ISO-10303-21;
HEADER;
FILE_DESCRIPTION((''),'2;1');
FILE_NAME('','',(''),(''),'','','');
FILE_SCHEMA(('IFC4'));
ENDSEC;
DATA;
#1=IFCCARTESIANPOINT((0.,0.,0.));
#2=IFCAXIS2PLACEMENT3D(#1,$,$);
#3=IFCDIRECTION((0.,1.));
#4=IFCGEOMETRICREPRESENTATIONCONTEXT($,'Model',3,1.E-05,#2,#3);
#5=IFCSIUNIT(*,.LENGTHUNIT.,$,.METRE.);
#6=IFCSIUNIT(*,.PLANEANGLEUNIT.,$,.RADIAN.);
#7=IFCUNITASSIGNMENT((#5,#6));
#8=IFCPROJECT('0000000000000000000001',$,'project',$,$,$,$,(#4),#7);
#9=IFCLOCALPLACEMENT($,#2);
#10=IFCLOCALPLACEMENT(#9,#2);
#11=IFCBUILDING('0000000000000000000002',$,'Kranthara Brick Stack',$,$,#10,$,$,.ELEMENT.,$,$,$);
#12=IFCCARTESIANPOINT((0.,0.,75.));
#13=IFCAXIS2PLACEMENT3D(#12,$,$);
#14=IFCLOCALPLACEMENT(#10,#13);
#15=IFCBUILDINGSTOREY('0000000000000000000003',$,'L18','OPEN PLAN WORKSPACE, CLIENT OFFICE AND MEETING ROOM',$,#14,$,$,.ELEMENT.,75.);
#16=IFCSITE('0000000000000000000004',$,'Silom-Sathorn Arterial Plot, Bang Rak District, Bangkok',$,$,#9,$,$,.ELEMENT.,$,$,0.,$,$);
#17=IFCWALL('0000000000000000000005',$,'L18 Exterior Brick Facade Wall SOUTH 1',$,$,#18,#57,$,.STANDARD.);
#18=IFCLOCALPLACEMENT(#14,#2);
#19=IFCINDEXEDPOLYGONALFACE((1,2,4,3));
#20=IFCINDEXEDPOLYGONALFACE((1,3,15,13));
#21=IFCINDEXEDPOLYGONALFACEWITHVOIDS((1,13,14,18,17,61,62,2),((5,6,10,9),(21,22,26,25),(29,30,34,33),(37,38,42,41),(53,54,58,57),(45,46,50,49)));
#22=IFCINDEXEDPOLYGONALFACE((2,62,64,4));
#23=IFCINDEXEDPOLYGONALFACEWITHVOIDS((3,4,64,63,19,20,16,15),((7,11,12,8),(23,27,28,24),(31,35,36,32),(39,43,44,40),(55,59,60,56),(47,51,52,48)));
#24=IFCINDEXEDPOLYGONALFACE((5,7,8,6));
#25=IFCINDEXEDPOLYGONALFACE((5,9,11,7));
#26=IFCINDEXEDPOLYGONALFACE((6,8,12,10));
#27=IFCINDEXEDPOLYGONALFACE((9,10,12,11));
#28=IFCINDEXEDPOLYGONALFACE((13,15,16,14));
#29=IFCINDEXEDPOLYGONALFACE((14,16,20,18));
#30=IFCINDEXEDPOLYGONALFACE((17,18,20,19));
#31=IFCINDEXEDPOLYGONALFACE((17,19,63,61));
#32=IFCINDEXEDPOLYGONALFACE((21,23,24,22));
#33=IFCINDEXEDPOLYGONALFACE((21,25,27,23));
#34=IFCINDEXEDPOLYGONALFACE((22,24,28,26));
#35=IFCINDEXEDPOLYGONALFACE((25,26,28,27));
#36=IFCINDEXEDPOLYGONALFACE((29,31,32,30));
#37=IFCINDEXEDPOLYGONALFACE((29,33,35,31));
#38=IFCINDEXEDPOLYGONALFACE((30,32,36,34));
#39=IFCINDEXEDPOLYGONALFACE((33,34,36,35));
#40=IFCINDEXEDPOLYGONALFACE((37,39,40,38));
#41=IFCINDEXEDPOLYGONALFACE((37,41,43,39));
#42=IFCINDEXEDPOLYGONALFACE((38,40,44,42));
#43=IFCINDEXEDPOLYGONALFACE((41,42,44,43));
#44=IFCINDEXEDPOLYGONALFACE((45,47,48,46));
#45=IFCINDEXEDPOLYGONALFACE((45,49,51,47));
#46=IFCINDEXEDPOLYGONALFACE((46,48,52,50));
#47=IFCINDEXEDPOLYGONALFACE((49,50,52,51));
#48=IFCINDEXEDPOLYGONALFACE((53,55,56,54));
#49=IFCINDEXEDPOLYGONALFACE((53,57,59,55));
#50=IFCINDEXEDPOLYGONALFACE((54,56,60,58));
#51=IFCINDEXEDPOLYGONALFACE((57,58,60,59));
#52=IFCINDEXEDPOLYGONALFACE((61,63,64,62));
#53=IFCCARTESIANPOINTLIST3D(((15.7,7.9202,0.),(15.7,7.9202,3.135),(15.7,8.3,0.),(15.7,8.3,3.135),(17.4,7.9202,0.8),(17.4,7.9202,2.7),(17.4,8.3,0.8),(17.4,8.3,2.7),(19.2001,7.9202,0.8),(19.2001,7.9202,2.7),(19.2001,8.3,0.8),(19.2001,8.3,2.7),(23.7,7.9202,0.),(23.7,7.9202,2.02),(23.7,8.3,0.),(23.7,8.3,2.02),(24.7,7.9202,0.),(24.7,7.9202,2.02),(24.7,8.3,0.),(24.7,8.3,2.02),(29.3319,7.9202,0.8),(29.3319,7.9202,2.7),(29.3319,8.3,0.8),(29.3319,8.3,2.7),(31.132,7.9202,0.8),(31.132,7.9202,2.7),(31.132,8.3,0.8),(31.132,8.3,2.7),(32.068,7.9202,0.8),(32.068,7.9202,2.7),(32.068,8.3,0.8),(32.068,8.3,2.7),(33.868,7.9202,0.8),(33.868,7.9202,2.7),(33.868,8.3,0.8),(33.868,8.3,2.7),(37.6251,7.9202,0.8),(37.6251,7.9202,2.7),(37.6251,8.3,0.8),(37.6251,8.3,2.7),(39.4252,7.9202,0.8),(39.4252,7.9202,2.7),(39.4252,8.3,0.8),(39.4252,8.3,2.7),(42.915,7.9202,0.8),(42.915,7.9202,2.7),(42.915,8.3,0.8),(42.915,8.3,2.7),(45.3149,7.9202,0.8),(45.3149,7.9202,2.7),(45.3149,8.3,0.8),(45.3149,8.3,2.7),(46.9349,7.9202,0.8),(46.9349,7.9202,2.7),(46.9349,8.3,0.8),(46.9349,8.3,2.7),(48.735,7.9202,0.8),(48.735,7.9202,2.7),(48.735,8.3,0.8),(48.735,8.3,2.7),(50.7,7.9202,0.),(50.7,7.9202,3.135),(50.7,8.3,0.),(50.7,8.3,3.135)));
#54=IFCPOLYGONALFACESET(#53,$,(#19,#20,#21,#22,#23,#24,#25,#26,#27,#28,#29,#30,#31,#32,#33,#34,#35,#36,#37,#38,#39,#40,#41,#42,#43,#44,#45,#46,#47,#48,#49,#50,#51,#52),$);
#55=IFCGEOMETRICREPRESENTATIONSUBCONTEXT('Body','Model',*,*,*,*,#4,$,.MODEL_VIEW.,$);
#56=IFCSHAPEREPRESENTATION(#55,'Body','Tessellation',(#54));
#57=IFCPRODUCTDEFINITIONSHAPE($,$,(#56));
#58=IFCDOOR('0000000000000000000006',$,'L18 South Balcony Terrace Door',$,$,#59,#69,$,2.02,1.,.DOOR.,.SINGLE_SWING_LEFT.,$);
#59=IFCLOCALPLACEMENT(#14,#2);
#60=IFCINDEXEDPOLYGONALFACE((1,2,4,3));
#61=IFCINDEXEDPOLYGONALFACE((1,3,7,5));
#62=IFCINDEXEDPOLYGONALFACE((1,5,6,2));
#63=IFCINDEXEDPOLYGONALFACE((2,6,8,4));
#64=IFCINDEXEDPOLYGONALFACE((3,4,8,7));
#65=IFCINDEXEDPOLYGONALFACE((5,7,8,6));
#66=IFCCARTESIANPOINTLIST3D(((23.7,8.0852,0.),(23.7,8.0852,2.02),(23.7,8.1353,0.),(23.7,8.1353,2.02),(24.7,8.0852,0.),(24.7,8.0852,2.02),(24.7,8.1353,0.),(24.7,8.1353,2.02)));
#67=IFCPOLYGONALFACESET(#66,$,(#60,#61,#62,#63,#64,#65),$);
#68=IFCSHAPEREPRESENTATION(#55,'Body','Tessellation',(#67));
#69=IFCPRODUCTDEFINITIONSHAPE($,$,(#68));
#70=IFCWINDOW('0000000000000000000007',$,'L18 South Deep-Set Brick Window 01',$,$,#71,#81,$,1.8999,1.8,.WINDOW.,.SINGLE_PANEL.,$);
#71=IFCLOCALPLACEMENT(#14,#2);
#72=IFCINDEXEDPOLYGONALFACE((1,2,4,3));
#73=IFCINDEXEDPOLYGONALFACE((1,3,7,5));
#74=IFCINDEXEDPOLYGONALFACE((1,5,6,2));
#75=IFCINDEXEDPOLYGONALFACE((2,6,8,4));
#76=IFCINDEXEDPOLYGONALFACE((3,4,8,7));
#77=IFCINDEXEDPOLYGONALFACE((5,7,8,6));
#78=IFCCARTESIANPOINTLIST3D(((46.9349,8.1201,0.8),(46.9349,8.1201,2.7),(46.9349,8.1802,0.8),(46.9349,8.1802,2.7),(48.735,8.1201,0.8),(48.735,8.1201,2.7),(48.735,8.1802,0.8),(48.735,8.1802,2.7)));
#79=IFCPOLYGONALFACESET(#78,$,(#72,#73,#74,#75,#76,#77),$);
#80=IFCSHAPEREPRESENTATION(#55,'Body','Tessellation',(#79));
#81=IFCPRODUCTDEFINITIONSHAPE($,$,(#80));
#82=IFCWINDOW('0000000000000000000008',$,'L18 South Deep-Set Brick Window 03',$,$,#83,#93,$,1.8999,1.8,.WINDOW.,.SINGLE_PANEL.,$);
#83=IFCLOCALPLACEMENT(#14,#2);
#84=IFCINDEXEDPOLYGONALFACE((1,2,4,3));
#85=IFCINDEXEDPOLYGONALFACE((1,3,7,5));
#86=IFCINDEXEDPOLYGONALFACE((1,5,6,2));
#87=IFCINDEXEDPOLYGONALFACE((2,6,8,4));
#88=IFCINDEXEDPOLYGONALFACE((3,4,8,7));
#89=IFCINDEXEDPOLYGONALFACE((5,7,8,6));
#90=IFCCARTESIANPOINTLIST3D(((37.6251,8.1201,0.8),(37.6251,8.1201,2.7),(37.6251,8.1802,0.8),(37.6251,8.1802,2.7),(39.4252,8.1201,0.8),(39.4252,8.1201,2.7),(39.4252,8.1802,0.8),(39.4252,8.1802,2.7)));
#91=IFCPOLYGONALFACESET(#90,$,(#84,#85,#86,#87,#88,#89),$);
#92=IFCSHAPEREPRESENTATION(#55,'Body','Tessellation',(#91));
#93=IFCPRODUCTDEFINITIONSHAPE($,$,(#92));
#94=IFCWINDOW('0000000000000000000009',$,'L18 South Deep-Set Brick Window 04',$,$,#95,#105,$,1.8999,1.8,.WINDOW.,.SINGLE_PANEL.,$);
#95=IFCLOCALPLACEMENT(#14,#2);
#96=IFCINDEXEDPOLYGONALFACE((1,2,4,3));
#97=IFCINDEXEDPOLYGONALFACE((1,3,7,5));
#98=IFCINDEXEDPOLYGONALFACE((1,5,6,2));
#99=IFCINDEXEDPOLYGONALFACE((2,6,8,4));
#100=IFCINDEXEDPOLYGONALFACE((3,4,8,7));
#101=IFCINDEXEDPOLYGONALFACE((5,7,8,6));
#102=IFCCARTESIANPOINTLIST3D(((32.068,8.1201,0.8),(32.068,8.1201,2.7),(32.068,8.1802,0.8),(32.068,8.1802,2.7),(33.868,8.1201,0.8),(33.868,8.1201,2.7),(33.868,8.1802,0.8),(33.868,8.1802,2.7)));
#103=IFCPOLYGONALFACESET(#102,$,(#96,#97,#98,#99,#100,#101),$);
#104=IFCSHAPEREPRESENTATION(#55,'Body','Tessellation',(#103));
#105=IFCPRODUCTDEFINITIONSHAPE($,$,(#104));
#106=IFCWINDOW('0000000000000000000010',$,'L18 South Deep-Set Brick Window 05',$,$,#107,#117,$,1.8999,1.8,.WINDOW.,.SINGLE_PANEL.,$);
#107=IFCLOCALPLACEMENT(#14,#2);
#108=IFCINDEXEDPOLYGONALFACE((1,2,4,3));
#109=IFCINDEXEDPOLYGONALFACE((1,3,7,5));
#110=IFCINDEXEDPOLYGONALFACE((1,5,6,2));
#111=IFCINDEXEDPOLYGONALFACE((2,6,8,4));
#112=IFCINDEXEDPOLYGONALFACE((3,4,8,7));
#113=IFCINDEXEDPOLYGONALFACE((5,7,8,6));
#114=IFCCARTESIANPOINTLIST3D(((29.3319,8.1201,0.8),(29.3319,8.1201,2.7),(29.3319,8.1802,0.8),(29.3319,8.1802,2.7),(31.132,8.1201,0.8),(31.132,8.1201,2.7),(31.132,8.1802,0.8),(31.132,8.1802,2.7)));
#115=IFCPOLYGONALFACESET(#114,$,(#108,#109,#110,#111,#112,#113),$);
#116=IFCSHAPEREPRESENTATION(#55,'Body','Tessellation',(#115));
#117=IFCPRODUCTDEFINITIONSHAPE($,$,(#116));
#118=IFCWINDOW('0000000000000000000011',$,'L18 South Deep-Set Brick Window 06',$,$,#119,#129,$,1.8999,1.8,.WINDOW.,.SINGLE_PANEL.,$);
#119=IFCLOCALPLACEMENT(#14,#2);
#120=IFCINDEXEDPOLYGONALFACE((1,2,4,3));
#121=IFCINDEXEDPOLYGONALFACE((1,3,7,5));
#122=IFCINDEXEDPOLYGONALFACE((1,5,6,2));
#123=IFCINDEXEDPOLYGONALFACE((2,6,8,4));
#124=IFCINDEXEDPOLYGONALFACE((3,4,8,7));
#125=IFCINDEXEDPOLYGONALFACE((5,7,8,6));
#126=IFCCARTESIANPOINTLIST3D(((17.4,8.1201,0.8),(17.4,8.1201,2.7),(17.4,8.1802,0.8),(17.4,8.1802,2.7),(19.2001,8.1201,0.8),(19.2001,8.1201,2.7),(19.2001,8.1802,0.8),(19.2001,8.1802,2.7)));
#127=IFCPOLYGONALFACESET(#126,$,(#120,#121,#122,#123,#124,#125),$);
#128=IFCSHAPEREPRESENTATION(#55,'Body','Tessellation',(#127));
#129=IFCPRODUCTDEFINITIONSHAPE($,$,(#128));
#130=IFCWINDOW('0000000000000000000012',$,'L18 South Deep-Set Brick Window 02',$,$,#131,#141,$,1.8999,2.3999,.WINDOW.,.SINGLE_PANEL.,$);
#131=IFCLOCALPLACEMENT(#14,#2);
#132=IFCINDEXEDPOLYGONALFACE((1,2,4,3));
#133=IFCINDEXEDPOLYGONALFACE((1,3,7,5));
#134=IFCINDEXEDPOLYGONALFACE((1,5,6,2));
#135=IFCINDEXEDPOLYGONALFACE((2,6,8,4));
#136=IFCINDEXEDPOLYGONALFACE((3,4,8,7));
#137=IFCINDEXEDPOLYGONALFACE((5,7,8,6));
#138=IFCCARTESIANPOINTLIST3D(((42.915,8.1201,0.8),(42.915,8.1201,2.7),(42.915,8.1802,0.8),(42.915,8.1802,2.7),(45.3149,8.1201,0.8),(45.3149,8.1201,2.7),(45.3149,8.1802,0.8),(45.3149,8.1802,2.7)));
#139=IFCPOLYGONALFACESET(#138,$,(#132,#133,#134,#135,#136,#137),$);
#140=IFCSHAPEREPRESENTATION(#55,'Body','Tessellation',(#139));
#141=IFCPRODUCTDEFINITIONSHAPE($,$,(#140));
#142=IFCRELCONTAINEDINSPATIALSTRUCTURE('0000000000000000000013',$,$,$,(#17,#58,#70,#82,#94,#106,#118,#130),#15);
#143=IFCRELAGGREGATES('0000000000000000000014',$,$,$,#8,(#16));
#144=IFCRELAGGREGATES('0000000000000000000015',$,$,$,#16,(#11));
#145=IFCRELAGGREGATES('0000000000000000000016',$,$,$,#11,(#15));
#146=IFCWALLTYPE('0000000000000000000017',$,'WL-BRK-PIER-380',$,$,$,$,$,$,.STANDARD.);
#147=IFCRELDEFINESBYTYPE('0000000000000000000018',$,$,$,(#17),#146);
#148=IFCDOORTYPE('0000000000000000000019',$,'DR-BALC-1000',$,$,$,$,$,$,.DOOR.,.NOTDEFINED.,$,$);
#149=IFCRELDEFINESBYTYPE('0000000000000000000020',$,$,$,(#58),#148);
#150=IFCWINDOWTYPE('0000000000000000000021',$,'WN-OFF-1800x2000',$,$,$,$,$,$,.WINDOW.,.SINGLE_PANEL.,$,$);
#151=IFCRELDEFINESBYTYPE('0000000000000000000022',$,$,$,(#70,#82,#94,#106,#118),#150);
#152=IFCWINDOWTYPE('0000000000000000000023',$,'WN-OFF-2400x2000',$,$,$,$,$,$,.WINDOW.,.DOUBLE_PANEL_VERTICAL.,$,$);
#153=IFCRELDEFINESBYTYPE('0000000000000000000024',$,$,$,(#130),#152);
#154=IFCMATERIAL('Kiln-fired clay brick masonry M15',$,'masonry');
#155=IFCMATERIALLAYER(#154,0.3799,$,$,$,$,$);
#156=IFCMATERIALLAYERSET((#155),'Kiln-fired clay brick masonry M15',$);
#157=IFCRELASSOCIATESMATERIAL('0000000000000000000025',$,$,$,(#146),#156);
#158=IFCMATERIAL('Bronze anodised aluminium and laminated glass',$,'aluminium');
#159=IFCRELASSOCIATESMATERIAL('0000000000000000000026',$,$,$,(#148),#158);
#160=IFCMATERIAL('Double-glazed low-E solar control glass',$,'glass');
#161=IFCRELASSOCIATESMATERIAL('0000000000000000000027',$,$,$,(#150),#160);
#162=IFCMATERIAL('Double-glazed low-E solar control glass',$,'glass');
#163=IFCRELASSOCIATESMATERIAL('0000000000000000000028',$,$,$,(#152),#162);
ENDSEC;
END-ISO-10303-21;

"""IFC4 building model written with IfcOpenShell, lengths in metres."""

from ifc_helpers import new_model, si_unit, direction, frame, frame_2d, origin, place, context, subcontext, project, spatial, rectangle, extrude, material, layer, layer_set, type_object, element, fill, save


model = new_model("IFC4")

# Units and contexts
model_context = context("Model", 3, precision=1e-05, world=origin(), true_north=direction((0.0, 1.0)))
body_context = subcontext(model_context, "Body", "Model", "MODEL_VIEW")
ifc_project = project(units=[si_unit("LENGTHUNIT", "METRE"), si_unit("PLANEANGLEUNIT", "RADIAN")], contexts=[model_context])

# Site, building, storey
site_placement = place(None, origin())
site = spatial("IfcSite", under=ifc_project, at=site_placement, Name="Silom-Sathorn Arterial Plot, Bang Rak District, Bangkok", CompositionType="ELEMENT", RefElevation=0.0)
building_placement = place(site_placement, origin())
building = spatial("IfcBuilding", under=site, at=building_placement, Name="Kranthara Brick Stack", CompositionType="ELEMENT")
storey_placement = place(building_placement, frame((0.0, 0.0, 75.0)))
storey = spatial("IfcBuildingStorey", under=building, at=storey_placement, Name="L18", Description="OPEN PLAN WORKSPACE, CLIENT OFFICE AND MEETING ROOM", CompositionType="ELEMENT", Elevation=75.0)

# Wall, openings, door, windows
ifc_material_1 = material(Name="Kiln-fired clay brick masonry M15", Category="masonry")
ifc_layer_1 = layer(ifc_material_1, 0.3799)
ifc_layer_set_1 = layer_set([ifc_layer_1], Name="Kiln-fired clay brick masonry M15")
wall_type_1 = type_object("IfcWallType", Name="WL-BRK-PIER-380", PredefinedType="STANDARD", material=ifc_layer_set_1)
wall_1_placement = place(storey_placement, frame((50.7, 8.1101, 0.0), z_axis=(0.0, 0.0, 1.0), x_axis=(-1.0, 0.0, 0.0)))
wall_1 = element("IfcWall", 1, at=wall_1_placement, inside=storey, type_object=wall_type_1, Name="L18 Exterior Brick Facade Wall SOUTH 1", PredefinedType="STANDARD", context=body_context, shape_type="SweptSolid", body=[
    extrude(rectangle(XDim=35.0, YDim=0.3799, at=frame_2d((17.5, 0.0))), origin(), (0.0, 0.0, 1.0), 3.135),
])
opening_1_placement = place(wall_1_placement, frame((26.0, 0.0, 0.0)))
opening_1 = element("IfcOpeningElement", 2, at=opening_1_placement, cuts=wall_1, PredefinedType="OPENING", context=body_context, shape_type="SweptSolid", body=[
    extrude(rectangle(XDim=1.0, YDim=2.02, at=frame_2d((0.5, 1.01))), frame((0.0, 0.2, 0.0), z_axis=(0.0, -1.0, 0.0), x_axis=(1.0, 0.0, 0.0)), (0.0, 0.0, 1.0), 0.3999),
])
opening_2_placement = place(wall_1_placement, frame((1.9651, 0.0, 0.8)))
opening_2 = element("IfcOpeningElement", 3, at=opening_2_placement, cuts=wall_1, PredefinedType="OPENING", context=body_context, shape_type="SweptSolid", body=[
    extrude(rectangle(XDim=1.8, YDim=1.8999, at=frame_2d((0.8999, 0.95))), frame((0.0, 0.2, 0.0), z_axis=(0.0, -1.0, 0.0), x_axis=(1.0, 0.0, 0.0)), (0.0, 0.0, 1.0), 0.3999),
])
opening_3_placement = place(wall_1_placement, frame((5.385, 0.0, 0.8)))
opening_3 = element("IfcOpeningElement", 4, at=opening_3_placement, cuts=wall_1, PredefinedType="OPENING", context=body_context, shape_type="SweptSolid", body=[
    extrude(rectangle(XDim=2.3999, YDim=1.8999, at=frame_2d((1.2, 0.95))), frame((0.0, 0.2, 0.0), z_axis=(0.0, -1.0, 0.0), x_axis=(1.0, 0.0, 0.0)), (0.0, 0.0, 1.0), 0.3999),
])
opening_4_placement = place(wall_1_placement, frame((11.2749, 0.0, 0.8)))
opening_4 = element("IfcOpeningElement", 5, at=opening_4_placement, cuts=wall_1, PredefinedType="OPENING", context=body_context, shape_type="SweptSolid", body=[
    extrude(rectangle(XDim=1.8, YDim=1.8999, at=frame_2d((0.8999, 0.95))), frame((0.0, 0.2, 0.0), z_axis=(0.0, -1.0, 0.0), x_axis=(1.0, 0.0, 0.0)), (0.0, 0.0, 1.0), 0.3999),
])
opening_5_placement = place(wall_1_placement, frame((16.832, 0.0, 0.8)))
opening_5 = element("IfcOpeningElement", 6, at=opening_5_placement, cuts=wall_1, PredefinedType="OPENING", context=body_context, shape_type="SweptSolid", body=[
    extrude(rectangle(XDim=1.8, YDim=1.8999, at=frame_2d((0.8999, 0.95))), frame((0.0, 0.2, 0.0), z_axis=(0.0, -1.0, 0.0), x_axis=(1.0, 0.0, 0.0)), (0.0, 0.0, 1.0), 0.3999),
])
opening_6_placement = place(wall_1_placement, frame((19.5681, 0.0, 0.8)))
opening_6 = element("IfcOpeningElement", 7, at=opening_6_placement, cuts=wall_1, PredefinedType="OPENING", context=body_context, shape_type="SweptSolid", body=[
    extrude(rectangle(XDim=1.8, YDim=1.8999, at=frame_2d((0.8999, 0.95))), frame((0.0, 0.2, 0.0), z_axis=(0.0, -1.0, 0.0), x_axis=(1.0, 0.0, 0.0)), (0.0, 0.0, 1.0), 0.3999),
])
opening_7_placement = place(wall_1_placement, frame((31.5, 0.0, 0.8)))
opening_7 = element("IfcOpeningElement", 8, at=opening_7_placement, cuts=wall_1, PredefinedType="OPENING", context=body_context, shape_type="SweptSolid", body=[
    extrude(rectangle(XDim=1.8, YDim=1.8999, at=frame_2d((0.8999, 0.95))), frame((0.0, 0.2, 0.0), z_axis=(0.0, -1.0, 0.0), x_axis=(1.0, 0.0, 0.0)), (0.0, 0.0, 1.0), 0.3999),
])
ifc_material_2 = material(Name="Bronze anodised aluminium and laminated glass", Category="aluminium")
door_type_1 = type_object("IfcDoorType", Name="DR-BALC-1000", OperationType="NOTDEFINED", PredefinedType="DOOR", material=ifc_material_2)
door_1_placement = place(opening_1_placement, origin())
door_1 = element("IfcDoor", 9, at=door_1_placement, inside=storey, type_object=door_type_1, Name="L18 South Balcony Terrace Door", OperationType="SINGLE_SWING_LEFT", OverallHeight=2.02, OverallWidth=1.0, PredefinedType="DOOR", context=body_context, shape_type="SweptSolid", body=[
    extrude(rectangle(XDim=1.0, YDim=2.02, at=frame_2d((0.5, 1.01))), frame((0.0, 0.0249, 0.0), z_axis=(0.0, -1.0, 0.0), x_axis=(1.0, 0.0, 0.0)), (0.0, 0.0, 1.0), 0.05),
])
fill(opening_1, door_1)
ifc_material_3 = material(Name="Double-glazed low-E solar control glass", Category="glass")
window_type_1 = type_object("IfcWindowType", Name="WN-OFF-1800x2000", PartitioningType="SINGLE_PANEL", PredefinedType="WINDOW", material=ifc_material_3)
window_1_placement = place(opening_2_placement, origin())
window_1 = element("IfcWindow", 10, at=window_1_placement, inside=storey, type_object=window_type_1, Name="L18 South Deep-Set Brick Window 01", OverallHeight=1.8999, OverallWidth=1.8, PartitioningType="SINGLE_PANEL", PredefinedType="WINDOW", context=body_context, shape_type="SweptSolid", body=[
    extrude(rectangle(XDim=1.8, YDim=1.8999, at=frame_2d((0.8999, 0.95))), frame((0.0, -0.01, 0.0), z_axis=(0.0, -1.0, 0.0), x_axis=(1.0, 0.0, 0.0)), (0.0, 0.0, 1.0), 0.0601),
])
fill(opening_2, window_1)
window_2_placement = place(opening_4_placement, origin())
window_2 = element("IfcWindow", 11, at=window_2_placement, inside=storey, type_object=window_type_1, Name="L18 South Deep-Set Brick Window 03", OverallHeight=1.8999, OverallWidth=1.8, PartitioningType="SINGLE_PANEL", PredefinedType="WINDOW", context=body_context, shape_type="SweptSolid", body=[
    extrude(rectangle(XDim=1.8, YDim=1.8999, at=frame_2d((0.8999, 0.95))), frame((0.0, -0.01, 0.0), z_axis=(0.0, -1.0, 0.0), x_axis=(1.0, 0.0, 0.0)), (0.0, 0.0, 1.0), 0.0601),
])
fill(opening_4, window_2)
window_3_placement = place(opening_5_placement, origin())
window_3 = element("IfcWindow", 12, at=window_3_placement, inside=storey, type_object=window_type_1, Name="L18 South Deep-Set Brick Window 04", OverallHeight=1.8999, OverallWidth=1.8, PartitioningType="SINGLE_PANEL", PredefinedType="WINDOW", context=body_context, shape_type="SweptSolid", body=[
    extrude(rectangle(XDim=1.8, YDim=1.8999, at=frame_2d((0.8999, 0.95))), frame((0.0, -0.01, 0.0), z_axis=(0.0, -1.0, 0.0), x_axis=(1.0, 0.0, 0.0)), (0.0, 0.0, 1.0), 0.0601),
])
fill(opening_5, window_3)
window_4_placement = place(opening_6_placement, origin())
window_4 = element("IfcWindow", 13, at=window_4_placement, inside=storey, type_object=window_type_1, Name="L18 South Deep-Set Brick Window 05", OverallHeight=1.8999, OverallWidth=1.8, PartitioningType="SINGLE_PANEL", PredefinedType="WINDOW", context=body_context, shape_type="SweptSolid", body=[
    extrude(rectangle(XDim=1.8, YDim=1.8999, at=frame_2d((0.8999, 0.95))), frame((0.0, -0.01, 0.0), z_axis=(0.0, -1.0, 0.0), x_axis=(1.0, 0.0, 0.0)), (0.0, 0.0, 1.0), 0.0601),
])
fill(opening_6, window_4)
window_5_placement = place(opening_7_placement, origin())
window_5 = element("IfcWindow", 14, at=window_5_placement, inside=storey, type_object=window_type_1, Name="L18 South Deep-Set Brick Window 06", OverallHeight=1.8999, OverallWidth=1.8, PartitioningType="SINGLE_PANEL", PredefinedType="WINDOW", context=body_context, shape_type="SweptSolid", body=[
    extrude(rectangle(XDim=1.8, YDim=1.8999, at=frame_2d((0.8999, 0.95))), frame((0.0, -0.01, 0.0), z_axis=(0.0, -1.0, 0.0), x_axis=(1.0, 0.0, 0.0)), (0.0, 0.0, 1.0), 0.0601),
])
fill(opening_7, window_5)
ifc_material_4 = material(Name="Double-glazed low-E solar control glass", Category="glass")
window_type_2 = type_object("IfcWindowType", Name="WN-OFF-2400x2000", PartitioningType="DOUBLE_PANEL_VERTICAL", PredefinedType="WINDOW", material=ifc_material_4)
window_6_placement = place(opening_3_placement, origin())
window_6 = element("IfcWindow", 15, at=window_6_placement, inside=storey, type_object=window_type_2, Name="L18 South Deep-Set Brick Window 02", OverallHeight=1.8999, OverallWidth=2.3999, PartitioningType="SINGLE_PANEL", PredefinedType="WINDOW", context=body_context, shape_type="SweptSolid", body=[
    extrude(rectangle(XDim=2.3999, YDim=1.8999, at=frame_2d((1.2, 0.95))), frame((0.0, -0.01, 0.0), z_axis=(0.0, -1.0, 0.0), x_axis=(1.0, 0.0, 0.0)), (0.0, 0.0, 1.0), 0.0601),
])
fill(opening_3, window_6)

save(model, "model.ifc")
